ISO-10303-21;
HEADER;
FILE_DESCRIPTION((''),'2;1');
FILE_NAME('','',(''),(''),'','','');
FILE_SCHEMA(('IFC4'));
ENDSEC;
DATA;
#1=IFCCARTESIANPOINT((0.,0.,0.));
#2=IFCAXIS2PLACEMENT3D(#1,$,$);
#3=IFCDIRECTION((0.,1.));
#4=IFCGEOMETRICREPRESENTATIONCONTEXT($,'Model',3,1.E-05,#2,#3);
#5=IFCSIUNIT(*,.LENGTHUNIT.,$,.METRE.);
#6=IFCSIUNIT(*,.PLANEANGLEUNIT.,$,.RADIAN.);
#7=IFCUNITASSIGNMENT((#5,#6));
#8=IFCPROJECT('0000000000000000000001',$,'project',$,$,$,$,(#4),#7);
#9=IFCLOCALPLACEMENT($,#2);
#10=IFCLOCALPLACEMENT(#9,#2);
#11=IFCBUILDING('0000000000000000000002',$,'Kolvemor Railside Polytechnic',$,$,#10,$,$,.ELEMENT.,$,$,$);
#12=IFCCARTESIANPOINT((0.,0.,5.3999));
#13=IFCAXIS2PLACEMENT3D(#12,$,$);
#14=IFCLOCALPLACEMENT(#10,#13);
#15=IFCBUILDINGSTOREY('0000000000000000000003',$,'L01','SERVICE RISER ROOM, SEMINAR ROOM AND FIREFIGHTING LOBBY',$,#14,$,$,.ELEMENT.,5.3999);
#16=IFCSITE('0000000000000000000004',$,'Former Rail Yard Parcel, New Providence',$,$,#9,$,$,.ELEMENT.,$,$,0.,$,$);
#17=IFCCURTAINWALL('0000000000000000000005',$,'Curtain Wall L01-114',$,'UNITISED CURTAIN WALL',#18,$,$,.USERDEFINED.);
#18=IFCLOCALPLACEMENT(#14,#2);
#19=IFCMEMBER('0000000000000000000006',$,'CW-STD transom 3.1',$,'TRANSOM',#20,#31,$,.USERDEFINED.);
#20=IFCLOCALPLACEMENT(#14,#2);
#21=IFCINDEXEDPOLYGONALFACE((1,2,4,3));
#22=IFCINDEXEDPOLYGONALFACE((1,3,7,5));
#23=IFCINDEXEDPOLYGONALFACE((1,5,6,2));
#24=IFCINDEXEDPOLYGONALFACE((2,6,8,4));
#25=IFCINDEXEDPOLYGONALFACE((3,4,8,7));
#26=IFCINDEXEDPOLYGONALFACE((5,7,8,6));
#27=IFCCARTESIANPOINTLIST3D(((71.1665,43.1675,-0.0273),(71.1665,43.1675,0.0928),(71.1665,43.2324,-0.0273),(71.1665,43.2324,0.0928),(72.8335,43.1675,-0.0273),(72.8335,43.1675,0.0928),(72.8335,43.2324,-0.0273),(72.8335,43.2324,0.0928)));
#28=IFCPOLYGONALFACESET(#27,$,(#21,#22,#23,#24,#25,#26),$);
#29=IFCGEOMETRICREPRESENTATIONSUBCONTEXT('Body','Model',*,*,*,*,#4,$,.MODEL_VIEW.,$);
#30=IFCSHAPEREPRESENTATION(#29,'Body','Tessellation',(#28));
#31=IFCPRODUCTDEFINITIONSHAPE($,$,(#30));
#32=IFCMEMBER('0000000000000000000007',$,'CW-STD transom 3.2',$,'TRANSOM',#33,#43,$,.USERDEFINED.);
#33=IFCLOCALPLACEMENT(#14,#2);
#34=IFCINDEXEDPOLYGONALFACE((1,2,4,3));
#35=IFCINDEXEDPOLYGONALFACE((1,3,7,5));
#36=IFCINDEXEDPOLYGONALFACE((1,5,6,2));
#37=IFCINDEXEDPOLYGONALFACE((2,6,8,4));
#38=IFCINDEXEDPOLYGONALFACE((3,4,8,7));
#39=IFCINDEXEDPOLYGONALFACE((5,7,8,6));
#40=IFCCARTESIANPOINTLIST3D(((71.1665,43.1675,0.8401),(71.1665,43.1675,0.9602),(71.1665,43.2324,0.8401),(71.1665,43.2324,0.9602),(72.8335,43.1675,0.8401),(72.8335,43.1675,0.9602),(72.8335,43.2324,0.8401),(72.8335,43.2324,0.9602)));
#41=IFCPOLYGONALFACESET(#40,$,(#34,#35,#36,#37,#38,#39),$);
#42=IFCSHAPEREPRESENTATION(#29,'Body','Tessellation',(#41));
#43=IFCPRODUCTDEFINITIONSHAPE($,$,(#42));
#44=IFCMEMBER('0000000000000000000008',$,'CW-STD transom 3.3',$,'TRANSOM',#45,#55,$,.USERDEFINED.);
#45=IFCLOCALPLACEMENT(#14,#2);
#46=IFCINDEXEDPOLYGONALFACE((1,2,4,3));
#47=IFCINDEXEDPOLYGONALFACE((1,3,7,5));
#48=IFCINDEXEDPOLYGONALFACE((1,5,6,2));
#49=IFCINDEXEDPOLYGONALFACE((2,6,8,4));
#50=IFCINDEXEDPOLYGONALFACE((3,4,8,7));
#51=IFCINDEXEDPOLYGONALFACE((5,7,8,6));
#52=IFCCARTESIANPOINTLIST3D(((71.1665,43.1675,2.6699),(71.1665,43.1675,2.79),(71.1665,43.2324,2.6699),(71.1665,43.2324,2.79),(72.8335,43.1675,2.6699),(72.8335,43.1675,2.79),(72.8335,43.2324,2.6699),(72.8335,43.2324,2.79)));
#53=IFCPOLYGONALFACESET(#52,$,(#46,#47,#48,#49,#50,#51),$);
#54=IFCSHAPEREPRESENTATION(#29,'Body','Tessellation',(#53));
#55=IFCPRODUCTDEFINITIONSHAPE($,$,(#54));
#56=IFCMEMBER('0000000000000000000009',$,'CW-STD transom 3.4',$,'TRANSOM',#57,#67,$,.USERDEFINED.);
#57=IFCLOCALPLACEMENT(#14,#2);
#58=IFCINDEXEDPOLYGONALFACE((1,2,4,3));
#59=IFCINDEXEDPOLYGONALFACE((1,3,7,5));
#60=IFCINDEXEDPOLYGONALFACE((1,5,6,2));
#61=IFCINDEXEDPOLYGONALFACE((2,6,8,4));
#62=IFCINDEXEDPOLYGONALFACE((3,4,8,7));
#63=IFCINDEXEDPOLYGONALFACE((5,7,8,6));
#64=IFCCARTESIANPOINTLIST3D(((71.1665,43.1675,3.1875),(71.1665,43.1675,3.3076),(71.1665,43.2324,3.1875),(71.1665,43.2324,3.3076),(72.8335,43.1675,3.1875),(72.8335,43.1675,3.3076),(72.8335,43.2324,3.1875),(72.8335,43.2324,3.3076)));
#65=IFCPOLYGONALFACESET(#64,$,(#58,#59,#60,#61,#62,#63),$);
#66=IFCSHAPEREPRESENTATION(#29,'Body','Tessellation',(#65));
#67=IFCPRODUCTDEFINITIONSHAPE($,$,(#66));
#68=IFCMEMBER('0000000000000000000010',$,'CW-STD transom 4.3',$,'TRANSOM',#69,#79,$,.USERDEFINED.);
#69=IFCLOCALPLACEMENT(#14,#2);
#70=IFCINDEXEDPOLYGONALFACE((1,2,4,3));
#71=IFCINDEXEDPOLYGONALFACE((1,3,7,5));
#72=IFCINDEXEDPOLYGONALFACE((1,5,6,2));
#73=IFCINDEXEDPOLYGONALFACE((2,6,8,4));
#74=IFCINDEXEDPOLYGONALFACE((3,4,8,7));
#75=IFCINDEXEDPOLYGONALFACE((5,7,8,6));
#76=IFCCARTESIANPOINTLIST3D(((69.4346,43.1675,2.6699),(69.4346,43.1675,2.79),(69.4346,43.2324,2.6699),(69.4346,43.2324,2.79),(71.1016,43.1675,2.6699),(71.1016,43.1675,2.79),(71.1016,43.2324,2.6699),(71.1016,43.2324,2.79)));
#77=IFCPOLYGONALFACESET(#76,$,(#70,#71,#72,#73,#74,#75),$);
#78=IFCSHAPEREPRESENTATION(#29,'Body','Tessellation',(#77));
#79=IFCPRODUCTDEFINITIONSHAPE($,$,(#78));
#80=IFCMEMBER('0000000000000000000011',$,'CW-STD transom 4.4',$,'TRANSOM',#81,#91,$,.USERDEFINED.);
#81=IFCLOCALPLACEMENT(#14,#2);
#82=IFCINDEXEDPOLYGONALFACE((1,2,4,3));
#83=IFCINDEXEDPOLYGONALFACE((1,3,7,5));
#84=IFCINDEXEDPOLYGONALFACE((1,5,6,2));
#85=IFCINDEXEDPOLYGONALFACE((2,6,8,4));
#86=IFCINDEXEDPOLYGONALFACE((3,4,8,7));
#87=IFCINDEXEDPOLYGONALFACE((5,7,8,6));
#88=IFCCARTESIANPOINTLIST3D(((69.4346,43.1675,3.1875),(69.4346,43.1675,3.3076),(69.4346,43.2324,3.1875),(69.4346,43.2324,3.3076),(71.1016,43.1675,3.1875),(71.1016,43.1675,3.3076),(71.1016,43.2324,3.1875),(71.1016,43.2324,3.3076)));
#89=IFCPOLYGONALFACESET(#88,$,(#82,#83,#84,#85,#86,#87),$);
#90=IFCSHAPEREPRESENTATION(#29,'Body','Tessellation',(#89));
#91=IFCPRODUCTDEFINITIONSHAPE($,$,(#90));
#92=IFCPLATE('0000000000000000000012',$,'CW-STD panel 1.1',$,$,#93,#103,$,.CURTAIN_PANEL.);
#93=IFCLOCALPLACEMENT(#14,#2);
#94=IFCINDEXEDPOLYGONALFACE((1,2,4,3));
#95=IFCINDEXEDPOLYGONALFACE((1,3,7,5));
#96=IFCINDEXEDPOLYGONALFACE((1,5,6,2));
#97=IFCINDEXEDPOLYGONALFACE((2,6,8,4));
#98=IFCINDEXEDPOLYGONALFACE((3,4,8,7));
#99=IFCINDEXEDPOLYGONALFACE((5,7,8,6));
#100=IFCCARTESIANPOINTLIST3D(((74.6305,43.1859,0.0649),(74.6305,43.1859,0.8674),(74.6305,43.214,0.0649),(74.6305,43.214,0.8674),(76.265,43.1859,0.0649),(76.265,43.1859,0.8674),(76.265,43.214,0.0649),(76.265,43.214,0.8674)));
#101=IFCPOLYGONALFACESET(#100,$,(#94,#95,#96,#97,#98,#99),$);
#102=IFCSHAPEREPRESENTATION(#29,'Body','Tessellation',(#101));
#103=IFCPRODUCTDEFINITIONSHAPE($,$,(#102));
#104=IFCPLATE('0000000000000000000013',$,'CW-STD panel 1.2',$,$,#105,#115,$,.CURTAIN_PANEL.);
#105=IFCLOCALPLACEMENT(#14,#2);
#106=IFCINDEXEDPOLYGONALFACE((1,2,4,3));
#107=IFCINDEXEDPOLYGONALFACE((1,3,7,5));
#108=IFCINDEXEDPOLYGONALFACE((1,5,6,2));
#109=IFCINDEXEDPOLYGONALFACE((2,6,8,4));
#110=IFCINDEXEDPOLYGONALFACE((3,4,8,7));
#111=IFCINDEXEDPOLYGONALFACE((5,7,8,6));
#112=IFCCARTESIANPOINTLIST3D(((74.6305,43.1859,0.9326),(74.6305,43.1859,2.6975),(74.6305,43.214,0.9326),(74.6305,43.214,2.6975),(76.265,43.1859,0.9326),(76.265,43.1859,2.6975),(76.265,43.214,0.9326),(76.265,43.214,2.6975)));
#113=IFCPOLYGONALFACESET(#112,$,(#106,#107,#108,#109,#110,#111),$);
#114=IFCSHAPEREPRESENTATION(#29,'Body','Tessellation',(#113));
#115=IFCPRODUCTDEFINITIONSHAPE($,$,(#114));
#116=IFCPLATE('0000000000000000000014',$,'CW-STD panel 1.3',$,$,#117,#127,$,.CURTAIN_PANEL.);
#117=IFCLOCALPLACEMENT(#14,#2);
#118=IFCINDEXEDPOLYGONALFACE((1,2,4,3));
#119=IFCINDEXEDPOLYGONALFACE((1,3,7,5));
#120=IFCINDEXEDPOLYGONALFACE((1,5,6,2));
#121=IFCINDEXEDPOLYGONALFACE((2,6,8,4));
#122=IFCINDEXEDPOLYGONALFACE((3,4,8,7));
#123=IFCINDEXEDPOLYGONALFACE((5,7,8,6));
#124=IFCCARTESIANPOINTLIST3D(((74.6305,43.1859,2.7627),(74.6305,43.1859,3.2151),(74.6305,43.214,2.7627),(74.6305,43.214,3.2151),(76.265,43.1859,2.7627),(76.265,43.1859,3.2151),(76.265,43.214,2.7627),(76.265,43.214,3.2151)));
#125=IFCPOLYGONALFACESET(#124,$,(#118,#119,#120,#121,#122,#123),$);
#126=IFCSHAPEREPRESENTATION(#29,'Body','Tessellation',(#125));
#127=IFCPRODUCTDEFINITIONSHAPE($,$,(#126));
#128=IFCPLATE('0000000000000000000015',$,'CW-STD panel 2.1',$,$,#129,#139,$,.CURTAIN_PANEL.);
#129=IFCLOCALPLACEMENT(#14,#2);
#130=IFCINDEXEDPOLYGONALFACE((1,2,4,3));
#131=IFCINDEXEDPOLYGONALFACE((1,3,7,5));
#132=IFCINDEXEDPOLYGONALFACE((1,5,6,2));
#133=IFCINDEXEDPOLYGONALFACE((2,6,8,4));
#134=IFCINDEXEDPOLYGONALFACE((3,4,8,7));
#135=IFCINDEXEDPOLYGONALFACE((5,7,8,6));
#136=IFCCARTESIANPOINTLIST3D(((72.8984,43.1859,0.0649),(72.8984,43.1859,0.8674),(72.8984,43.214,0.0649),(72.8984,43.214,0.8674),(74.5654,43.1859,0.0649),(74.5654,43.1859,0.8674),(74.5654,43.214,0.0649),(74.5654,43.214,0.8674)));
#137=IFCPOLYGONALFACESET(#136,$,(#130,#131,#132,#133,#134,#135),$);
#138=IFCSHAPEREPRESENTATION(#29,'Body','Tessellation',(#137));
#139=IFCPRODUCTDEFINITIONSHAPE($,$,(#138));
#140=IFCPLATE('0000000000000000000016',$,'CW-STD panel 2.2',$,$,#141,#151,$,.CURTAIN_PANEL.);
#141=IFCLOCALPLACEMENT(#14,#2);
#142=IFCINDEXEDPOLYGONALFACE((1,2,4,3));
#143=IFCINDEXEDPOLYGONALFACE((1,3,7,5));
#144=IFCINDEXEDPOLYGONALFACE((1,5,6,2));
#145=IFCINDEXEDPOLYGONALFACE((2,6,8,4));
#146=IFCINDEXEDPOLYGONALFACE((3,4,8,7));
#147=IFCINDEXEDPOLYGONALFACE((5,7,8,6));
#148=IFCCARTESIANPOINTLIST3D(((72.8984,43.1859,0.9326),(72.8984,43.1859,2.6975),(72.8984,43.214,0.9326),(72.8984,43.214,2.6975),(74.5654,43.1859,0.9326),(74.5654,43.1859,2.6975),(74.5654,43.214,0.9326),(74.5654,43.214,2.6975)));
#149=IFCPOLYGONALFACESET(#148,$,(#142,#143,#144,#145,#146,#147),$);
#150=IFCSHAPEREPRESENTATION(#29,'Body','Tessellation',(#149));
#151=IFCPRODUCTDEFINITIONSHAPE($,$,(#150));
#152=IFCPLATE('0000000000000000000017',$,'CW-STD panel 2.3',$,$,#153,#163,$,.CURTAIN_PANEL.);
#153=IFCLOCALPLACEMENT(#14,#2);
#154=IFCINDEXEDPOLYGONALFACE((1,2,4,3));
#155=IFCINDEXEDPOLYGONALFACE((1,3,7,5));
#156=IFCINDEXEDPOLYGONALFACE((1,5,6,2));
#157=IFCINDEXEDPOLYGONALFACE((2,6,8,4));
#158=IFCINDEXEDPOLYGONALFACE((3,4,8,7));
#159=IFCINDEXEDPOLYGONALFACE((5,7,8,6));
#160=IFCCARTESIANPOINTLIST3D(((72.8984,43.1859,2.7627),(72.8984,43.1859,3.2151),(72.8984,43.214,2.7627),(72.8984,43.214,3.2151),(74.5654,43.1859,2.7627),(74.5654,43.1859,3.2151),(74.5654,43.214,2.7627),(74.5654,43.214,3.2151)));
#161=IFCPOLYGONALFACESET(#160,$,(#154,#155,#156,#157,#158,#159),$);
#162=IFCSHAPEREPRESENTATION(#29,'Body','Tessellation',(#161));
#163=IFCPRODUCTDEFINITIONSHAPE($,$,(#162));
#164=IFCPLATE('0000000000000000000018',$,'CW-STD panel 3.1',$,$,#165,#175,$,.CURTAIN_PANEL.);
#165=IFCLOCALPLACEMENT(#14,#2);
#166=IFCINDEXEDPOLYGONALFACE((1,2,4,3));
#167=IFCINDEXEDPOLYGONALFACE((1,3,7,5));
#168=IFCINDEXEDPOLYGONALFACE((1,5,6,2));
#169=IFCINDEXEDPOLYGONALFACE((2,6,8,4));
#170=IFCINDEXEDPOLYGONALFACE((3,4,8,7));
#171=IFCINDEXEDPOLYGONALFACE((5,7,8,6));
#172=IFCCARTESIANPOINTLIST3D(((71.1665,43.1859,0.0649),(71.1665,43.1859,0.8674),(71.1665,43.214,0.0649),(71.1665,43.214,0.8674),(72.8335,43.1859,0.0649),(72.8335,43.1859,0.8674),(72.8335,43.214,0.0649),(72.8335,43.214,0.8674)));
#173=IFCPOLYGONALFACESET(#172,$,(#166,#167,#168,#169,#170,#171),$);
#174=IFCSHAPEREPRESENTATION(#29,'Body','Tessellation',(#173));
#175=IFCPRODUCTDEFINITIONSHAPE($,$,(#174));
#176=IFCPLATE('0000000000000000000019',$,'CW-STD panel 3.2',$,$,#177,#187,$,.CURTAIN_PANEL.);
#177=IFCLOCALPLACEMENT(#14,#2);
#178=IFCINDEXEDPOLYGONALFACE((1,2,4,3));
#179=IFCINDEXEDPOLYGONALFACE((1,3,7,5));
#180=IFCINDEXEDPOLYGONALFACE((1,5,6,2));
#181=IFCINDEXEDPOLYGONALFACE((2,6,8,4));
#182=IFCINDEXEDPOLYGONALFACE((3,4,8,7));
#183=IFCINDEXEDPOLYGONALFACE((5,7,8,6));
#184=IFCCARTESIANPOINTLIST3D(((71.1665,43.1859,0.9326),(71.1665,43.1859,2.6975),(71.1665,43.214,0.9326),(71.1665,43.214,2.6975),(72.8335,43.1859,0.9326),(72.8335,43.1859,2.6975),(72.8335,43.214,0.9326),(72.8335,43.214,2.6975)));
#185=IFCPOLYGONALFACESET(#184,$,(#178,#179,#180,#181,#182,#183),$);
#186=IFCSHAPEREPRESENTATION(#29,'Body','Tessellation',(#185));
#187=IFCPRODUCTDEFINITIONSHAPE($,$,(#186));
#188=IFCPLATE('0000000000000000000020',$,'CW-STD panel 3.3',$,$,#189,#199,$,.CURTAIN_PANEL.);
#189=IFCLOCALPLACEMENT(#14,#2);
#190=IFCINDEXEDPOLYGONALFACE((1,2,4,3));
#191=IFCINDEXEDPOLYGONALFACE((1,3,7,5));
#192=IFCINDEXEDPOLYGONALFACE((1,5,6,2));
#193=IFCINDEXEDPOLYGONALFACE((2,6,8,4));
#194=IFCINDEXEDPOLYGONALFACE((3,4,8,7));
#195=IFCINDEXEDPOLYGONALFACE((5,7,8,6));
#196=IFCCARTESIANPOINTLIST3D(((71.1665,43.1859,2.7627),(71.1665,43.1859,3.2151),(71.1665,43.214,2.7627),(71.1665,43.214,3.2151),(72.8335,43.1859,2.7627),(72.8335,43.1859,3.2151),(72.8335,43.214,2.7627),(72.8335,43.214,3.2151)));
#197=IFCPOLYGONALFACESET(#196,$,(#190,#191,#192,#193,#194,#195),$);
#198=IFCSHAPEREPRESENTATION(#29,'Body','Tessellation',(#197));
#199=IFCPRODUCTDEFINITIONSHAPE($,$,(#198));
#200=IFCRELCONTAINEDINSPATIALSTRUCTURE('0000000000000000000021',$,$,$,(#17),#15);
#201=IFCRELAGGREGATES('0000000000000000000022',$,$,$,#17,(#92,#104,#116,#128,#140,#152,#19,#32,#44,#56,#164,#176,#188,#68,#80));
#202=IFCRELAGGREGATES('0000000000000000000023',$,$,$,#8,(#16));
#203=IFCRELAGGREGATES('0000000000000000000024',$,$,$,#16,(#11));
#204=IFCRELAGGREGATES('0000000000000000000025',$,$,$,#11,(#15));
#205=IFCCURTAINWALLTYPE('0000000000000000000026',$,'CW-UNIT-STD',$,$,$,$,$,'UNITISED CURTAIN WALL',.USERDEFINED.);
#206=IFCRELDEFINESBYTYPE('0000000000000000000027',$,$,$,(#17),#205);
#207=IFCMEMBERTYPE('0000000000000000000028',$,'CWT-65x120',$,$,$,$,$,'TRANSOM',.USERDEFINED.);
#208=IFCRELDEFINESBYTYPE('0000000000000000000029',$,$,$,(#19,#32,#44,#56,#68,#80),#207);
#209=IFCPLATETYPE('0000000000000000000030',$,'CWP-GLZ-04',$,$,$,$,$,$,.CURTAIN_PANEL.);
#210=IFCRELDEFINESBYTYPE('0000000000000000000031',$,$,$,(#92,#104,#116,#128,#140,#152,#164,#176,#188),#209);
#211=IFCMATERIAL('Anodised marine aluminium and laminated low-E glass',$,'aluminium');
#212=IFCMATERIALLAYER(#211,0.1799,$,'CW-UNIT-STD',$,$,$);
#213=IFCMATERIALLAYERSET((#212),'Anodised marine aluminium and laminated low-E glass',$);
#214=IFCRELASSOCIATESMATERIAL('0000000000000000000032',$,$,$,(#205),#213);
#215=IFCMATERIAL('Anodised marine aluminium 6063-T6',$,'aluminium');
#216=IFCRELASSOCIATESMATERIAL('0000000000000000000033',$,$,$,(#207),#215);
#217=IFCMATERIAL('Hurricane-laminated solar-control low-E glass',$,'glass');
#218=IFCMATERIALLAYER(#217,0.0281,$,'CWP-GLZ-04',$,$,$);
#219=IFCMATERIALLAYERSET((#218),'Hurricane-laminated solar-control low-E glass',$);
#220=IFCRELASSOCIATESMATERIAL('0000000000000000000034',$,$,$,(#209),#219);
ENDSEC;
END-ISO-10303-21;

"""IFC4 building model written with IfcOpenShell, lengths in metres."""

from ifc_helpers import new_model, si_unit, direction, frame, origin, origin_2d, place, context, subcontext, project, spatial, rectangle, extrude, material, layer, layer_set, material_profile, profile_set, type_object, element, aggregate, save


model = new_model("IFC4")

# Units and contexts
model_context = context("Model", 3, precision=1e-05, world=origin(), true_north=direction((0.0, 1.0)))
body_context = subcontext(model_context, "Body", "Model", "MODEL_VIEW")
ifc_project = project(units=[si_unit("LENGTHUNIT", "METRE"), si_unit("PLANEANGLEUNIT", "RADIAN")], contexts=[model_context])

# Site, building, storey
site_placement = place(None, origin())
site = spatial("IfcSite", under=ifc_project, at=site_placement, Name="Former Rail Yard Parcel, New Providence", CompositionType="ELEMENT", RefElevation=0.0)
building_placement = place(site_placement, origin())
building = spatial("IfcBuilding", under=site, at=building_placement, Name="Kolvemor Railside Polytechnic", CompositionType="ELEMENT")
storey_placement = place(building_placement, frame((0.0, 0.0, 5.3999)))
storey = spatial("IfcBuildingStorey", under=building, at=storey_placement, Name="L01", Description="SERVICE RISER ROOM, SEMINAR ROOM AND FIREFIGHTING LOBBY", CompositionType="ELEMENT", Elevation=5.3999)

# Curtain wall, members, plates
ifc_material_1 = material(Name="Anodised marine aluminium and laminated low-E glass", Category="aluminium")
ifc_layer_1 = layer(ifc_material_1, 0.1799, Name="CW-UNIT-STD")
ifc_layer_set_1 = layer_set([ifc_layer_1], Name="Anodised marine aluminium and laminated low-E glass")
curtain_wall_type = type_object("IfcCurtainWallType", Name="CW-UNIT-STD", ElementType="UNITISED CURTAIN WALL", PredefinedType="USERDEFINED", material=ifc_layer_set_1)
curtain_wall_placement = place(storey_placement, origin())
curtain_wall = element("IfcCurtainWall", 1, at=curtain_wall_placement, inside=storey, type_object=curtain_wall_type, Name="Curtain Wall L01-114", ObjectType="UNITISED CURTAIN WALL", PredefinedType="USERDEFINED")
ifc_material_2 = material(Name="Anodised marine aluminium 6063-T6", Category="aluminium")
ifc_material_profile_1 = material_profile(ifc_material_2, rectangle(XDim=0.0649, YDim=0.1201, at=origin_2d()), Name="CW-TRN-65x120")
ifc_profile_set_1 = profile_set([ifc_material_profile_1], Name="Anodised marine aluminium 6063-T6")
member_type_1 = type_object("IfcMemberType", Name="CWT-65x120", ElementType="TRANSOM", PredefinedType="USERDEFINED", material=ifc_profile_set_1)
member_1_placement = place(storey_placement, frame((72.8335, 43.2, 0.0327), z_axis=(-1.0, 0.0, 0.0), x_axis=(0.0, -1.0, 0.0)))
member_1 = element("IfcMember", 2, at=member_1_placement, type_object=member_type_1, Name="CW-STD transom 3.1", ObjectType="TRANSOM", PredefinedType="USERDEFINED", context=body_context, shape_type="SweptSolid", body=[
    extrude(rectangle(XDim=0.0649, YDim=0.1201, at=origin_2d()), origin(), (0.0, 0.0, 1.0), 1.667),
])
member_2_placement = place(storey_placement, frame((72.8335, 43.2, 0.9001), z_axis=(-1.0, 0.0, 0.0), x_axis=(0.0, -1.0, 0.0)))
member_2 = element("IfcMember", 3, at=member_2_placement, type_object=member_type_1, Name="CW-STD transom 3.2", ObjectType="TRANSOM", PredefinedType="USERDEFINED", context=body_context, shape_type="SweptSolid", body=[
    extrude(rectangle(XDim=0.0649, YDim=0.1201, at=origin_2d()), origin(), (0.0, 0.0, 1.0), 1.667),
])
member_3_placement = place(storey_placement, frame((72.8335, 43.2, 2.73), z_axis=(-1.0, 0.0, 0.0), x_axis=(0.0, -1.0, 0.0)))
member_3 = element("IfcMember", 4, at=member_3_placement, type_object=member_type_1, Name="CW-STD transom 3.3", ObjectType="TRANSOM", PredefinedType="USERDEFINED", context=body_context, shape_type="SweptSolid", body=[
    extrude(rectangle(XDim=0.0649, YDim=0.1201, at=origin_2d()), origin(), (0.0, 0.0, 1.0), 1.667),
])
member_4_placement = place(storey_placement, frame((72.8335, 43.2, 3.2476), z_axis=(-1.0, 0.0, 0.0), x_axis=(0.0, -1.0, 0.0)))
member_4 = element("IfcMember", 5, at=member_4_placement, type_object=member_type_1, Name="CW-STD transom 3.4", ObjectType="TRANSOM", PredefinedType="USERDEFINED", context=body_context, shape_type="SweptSolid", body=[
    extrude(rectangle(XDim=0.0649, YDim=0.1201, at=origin_2d()), origin(), (0.0, 0.0, 1.0), 1.667),
])
member_5_placement = place(storey_placement, frame((71.1016, 43.2, 2.73), z_axis=(-1.0, 0.0, 0.0), x_axis=(0.0, -1.0, 0.0)))
member_5 = element("IfcMember", 6, at=member_5_placement, type_object=member_type_1, Name="CW-STD transom 4.3", ObjectType="TRANSOM", PredefinedType="USERDEFINED", context=body_context, shape_type="SweptSolid", body=[
    extrude(rectangle(XDim=0.0649, YDim=0.1201, at=origin_2d()), origin(), (0.0, 0.0, 1.0), 1.667),
])
member_6_placement = place(storey_placement, frame((71.1016, 43.2, 3.2476), z_axis=(-1.0, 0.0, 0.0), x_axis=(0.0, -1.0, 0.0)))
member_6 = element("IfcMember", 7, at=member_6_placement, type_object=member_type_1, Name="CW-STD transom 4.4", ObjectType="TRANSOM", PredefinedType="USERDEFINED", context=body_context, shape_type="SweptSolid", body=[
    extrude(rectangle(XDim=0.0649, YDim=0.1201, at=origin_2d()), origin(), (0.0, 0.0, 1.0), 1.667),
])
ifc_material_3 = material(Name="Hurricane-laminated solar-control low-E glass", Category="glass")
ifc_layer_2 = layer(ifc_material_3, 0.0281, Name="CWP-GLZ-04")
ifc_layer_set_2 = layer_set([ifc_layer_2], Name="Hurricane-laminated solar-control low-E glass")
plate_type = type_object("IfcPlateType", Name="CWP-GLZ-04", PredefinedType="CURTAIN_PANEL", material=ifc_layer_set_2)
plate_1_placement = place(storey_placement, frame((75.4478, 43.2, 0.0649), z_axis=(0.0, 0.0, 1.0), x_axis=(-1.0, 0.0, 0.0)))
plate_1 = element("IfcPlate", 8, at=plate_1_placement, type_object=plate_type, Name="CW-STD panel 1.1", PredefinedType="CURTAIN_PANEL", context=body_context, shape_type="SweptSolid", body=[
    extrude(rectangle(XDim=1.6345, YDim=0.0281, at=origin_2d()), origin(), (0.0, 0.0, 1.0), 0.8025),
])
plate_2_placement = place(storey_placement, frame((75.4478, 43.2, 0.9326), z_axis=(0.0, 0.0, 1.0), x_axis=(-1.0, 0.0, 0.0)))
plate_2 = element("IfcPlate", 9, at=plate_2_placement, type_object=plate_type, Name="CW-STD panel 1.2", PredefinedType="CURTAIN_PANEL", context=body_context, shape_type="SweptSolid", body=[
    extrude(rectangle(XDim=1.6345, YDim=0.0281, at=origin_2d()), origin(), (0.0, 0.0, 1.0), 1.7649),
])
plate_3_placement = place(storey_placement, frame((75.4478, 43.2, 2.7627), z_axis=(0.0, 0.0, 1.0), x_axis=(-1.0, 0.0, 0.0)))
plate_3 = element("IfcPlate", 10, at=plate_3_placement, type_object=plate_type, Name="CW-STD panel 1.3", PredefinedType="CURTAIN_PANEL", context=body_context, shape_type="SweptSolid", body=[
    extrude(rectangle(XDim=1.6345, YDim=0.0281, at=origin_2d()), origin(), (0.0, 0.0, 1.0), 0.4524),
])
plate_4_placement = place(storey_placement, frame((73.7319, 43.2, 0.0649), z_axis=(0.0, 0.0, 1.0), x_axis=(-1.0, 0.0, 0.0)))
plate_4 = element("IfcPlate", 11, at=plate_4_placement, type_object=plate_type, Name="CW-STD panel 2.1", PredefinedType="CURTAIN_PANEL", context=body_context, shape_type="SweptSolid", body=[
    extrude(rectangle(XDim=1.667, YDim=0.0281, at=origin_2d()), origin(), (0.0, 0.0, 1.0), 0.8025),
])
plate_5_placement = place(storey_placement, frame((73.7319, 43.2, 0.9326), z_axis=(0.0, 0.0, 1.0), x_axis=(-1.0, 0.0, 0.0)))
plate_5 = element("IfcPlate", 12, at=plate_5_placement, type_object=plate_type, Name="CW-STD panel 2.2", PredefinedType="CURTAIN_PANEL", context=body_context, shape_type="SweptSolid", body=[
    extrude(rectangle(XDim=1.667, YDim=0.0281, at=origin_2d()), origin(), (0.0, 0.0, 1.0), 1.7649),
])
plate_6_placement = place(storey_placement, frame((73.7319, 43.2, 2.7627), z_axis=(0.0, 0.0, 1.0), x_axis=(-1.0, 0.0, 0.0)))
plate_6 = element("IfcPlate", 13, at=plate_6_placement, type_object=plate_type, Name="CW-STD panel 2.3", PredefinedType="CURTAIN_PANEL", context=body_context, shape_type="SweptSolid", body=[
    extrude(rectangle(XDim=1.667, YDim=0.0281, at=origin_2d()), origin(), (0.0, 0.0, 1.0), 0.4524),
])
plate_7_placement = place(storey_placement, frame((72.0, 43.2, 0.0649), z_axis=(0.0, 0.0, 1.0), x_axis=(-1.0, 0.0, 0.0)))
plate_7 = element("IfcPlate", 14, at=plate_7_placement, type_object=plate_type, Name="CW-STD panel 3.1", PredefinedType="CURTAIN_PANEL", context=body_context, shape_type="SweptSolid", body=[
    extrude(rectangle(XDim=1.667, YDim=0.0281, at=origin_2d()), origin(), (0.0, 0.0, 1.0), 0.8025),
])
plate_8_placement = place(storey_placement, frame((72.0, 43.2, 0.9326), z_axis=(0.0, 0.0, 1.0), x_axis=(-1.0, 0.0, 0.0)))
plate_8 = element("IfcPlate", 15, at=plate_8_placement, type_object=plate_type, Name="CW-STD panel 3.2", PredefinedType="CURTAIN_PANEL", context=body_context, shape_type="SweptSolid", body=[
    extrude(rectangle(XDim=1.667, YDim=0.0281, at=origin_2d()), origin(), (0.0, 0.0, 1.0), 1.7649),
])
plate_9_placement = place(storey_placement, frame((72.0, 43.2, 2.7627), z_axis=(0.0, 0.0, 1.0), x_axis=(-1.0, 0.0, 0.0)))
plate_9 = element("IfcPlate", 16, at=plate_9_placement, type_object=plate_type, Name="CW-STD panel 3.3", PredefinedType="CURTAIN_PANEL", context=body_context, shape_type="SweptSolid", body=[
    extrude(rectangle(XDim=1.667, YDim=0.0281, at=origin_2d()), origin(), (0.0, 0.0, 1.0), 0.4524),
])
aggregate(curtain_wall, [plate_1, plate_2, plate_3, plate_4, plate_5, plate_6, member_1, member_2, member_3, member_4, plate_7, plate_8, plate_9, member_5, member_6])

save(model, "model.ifc")
